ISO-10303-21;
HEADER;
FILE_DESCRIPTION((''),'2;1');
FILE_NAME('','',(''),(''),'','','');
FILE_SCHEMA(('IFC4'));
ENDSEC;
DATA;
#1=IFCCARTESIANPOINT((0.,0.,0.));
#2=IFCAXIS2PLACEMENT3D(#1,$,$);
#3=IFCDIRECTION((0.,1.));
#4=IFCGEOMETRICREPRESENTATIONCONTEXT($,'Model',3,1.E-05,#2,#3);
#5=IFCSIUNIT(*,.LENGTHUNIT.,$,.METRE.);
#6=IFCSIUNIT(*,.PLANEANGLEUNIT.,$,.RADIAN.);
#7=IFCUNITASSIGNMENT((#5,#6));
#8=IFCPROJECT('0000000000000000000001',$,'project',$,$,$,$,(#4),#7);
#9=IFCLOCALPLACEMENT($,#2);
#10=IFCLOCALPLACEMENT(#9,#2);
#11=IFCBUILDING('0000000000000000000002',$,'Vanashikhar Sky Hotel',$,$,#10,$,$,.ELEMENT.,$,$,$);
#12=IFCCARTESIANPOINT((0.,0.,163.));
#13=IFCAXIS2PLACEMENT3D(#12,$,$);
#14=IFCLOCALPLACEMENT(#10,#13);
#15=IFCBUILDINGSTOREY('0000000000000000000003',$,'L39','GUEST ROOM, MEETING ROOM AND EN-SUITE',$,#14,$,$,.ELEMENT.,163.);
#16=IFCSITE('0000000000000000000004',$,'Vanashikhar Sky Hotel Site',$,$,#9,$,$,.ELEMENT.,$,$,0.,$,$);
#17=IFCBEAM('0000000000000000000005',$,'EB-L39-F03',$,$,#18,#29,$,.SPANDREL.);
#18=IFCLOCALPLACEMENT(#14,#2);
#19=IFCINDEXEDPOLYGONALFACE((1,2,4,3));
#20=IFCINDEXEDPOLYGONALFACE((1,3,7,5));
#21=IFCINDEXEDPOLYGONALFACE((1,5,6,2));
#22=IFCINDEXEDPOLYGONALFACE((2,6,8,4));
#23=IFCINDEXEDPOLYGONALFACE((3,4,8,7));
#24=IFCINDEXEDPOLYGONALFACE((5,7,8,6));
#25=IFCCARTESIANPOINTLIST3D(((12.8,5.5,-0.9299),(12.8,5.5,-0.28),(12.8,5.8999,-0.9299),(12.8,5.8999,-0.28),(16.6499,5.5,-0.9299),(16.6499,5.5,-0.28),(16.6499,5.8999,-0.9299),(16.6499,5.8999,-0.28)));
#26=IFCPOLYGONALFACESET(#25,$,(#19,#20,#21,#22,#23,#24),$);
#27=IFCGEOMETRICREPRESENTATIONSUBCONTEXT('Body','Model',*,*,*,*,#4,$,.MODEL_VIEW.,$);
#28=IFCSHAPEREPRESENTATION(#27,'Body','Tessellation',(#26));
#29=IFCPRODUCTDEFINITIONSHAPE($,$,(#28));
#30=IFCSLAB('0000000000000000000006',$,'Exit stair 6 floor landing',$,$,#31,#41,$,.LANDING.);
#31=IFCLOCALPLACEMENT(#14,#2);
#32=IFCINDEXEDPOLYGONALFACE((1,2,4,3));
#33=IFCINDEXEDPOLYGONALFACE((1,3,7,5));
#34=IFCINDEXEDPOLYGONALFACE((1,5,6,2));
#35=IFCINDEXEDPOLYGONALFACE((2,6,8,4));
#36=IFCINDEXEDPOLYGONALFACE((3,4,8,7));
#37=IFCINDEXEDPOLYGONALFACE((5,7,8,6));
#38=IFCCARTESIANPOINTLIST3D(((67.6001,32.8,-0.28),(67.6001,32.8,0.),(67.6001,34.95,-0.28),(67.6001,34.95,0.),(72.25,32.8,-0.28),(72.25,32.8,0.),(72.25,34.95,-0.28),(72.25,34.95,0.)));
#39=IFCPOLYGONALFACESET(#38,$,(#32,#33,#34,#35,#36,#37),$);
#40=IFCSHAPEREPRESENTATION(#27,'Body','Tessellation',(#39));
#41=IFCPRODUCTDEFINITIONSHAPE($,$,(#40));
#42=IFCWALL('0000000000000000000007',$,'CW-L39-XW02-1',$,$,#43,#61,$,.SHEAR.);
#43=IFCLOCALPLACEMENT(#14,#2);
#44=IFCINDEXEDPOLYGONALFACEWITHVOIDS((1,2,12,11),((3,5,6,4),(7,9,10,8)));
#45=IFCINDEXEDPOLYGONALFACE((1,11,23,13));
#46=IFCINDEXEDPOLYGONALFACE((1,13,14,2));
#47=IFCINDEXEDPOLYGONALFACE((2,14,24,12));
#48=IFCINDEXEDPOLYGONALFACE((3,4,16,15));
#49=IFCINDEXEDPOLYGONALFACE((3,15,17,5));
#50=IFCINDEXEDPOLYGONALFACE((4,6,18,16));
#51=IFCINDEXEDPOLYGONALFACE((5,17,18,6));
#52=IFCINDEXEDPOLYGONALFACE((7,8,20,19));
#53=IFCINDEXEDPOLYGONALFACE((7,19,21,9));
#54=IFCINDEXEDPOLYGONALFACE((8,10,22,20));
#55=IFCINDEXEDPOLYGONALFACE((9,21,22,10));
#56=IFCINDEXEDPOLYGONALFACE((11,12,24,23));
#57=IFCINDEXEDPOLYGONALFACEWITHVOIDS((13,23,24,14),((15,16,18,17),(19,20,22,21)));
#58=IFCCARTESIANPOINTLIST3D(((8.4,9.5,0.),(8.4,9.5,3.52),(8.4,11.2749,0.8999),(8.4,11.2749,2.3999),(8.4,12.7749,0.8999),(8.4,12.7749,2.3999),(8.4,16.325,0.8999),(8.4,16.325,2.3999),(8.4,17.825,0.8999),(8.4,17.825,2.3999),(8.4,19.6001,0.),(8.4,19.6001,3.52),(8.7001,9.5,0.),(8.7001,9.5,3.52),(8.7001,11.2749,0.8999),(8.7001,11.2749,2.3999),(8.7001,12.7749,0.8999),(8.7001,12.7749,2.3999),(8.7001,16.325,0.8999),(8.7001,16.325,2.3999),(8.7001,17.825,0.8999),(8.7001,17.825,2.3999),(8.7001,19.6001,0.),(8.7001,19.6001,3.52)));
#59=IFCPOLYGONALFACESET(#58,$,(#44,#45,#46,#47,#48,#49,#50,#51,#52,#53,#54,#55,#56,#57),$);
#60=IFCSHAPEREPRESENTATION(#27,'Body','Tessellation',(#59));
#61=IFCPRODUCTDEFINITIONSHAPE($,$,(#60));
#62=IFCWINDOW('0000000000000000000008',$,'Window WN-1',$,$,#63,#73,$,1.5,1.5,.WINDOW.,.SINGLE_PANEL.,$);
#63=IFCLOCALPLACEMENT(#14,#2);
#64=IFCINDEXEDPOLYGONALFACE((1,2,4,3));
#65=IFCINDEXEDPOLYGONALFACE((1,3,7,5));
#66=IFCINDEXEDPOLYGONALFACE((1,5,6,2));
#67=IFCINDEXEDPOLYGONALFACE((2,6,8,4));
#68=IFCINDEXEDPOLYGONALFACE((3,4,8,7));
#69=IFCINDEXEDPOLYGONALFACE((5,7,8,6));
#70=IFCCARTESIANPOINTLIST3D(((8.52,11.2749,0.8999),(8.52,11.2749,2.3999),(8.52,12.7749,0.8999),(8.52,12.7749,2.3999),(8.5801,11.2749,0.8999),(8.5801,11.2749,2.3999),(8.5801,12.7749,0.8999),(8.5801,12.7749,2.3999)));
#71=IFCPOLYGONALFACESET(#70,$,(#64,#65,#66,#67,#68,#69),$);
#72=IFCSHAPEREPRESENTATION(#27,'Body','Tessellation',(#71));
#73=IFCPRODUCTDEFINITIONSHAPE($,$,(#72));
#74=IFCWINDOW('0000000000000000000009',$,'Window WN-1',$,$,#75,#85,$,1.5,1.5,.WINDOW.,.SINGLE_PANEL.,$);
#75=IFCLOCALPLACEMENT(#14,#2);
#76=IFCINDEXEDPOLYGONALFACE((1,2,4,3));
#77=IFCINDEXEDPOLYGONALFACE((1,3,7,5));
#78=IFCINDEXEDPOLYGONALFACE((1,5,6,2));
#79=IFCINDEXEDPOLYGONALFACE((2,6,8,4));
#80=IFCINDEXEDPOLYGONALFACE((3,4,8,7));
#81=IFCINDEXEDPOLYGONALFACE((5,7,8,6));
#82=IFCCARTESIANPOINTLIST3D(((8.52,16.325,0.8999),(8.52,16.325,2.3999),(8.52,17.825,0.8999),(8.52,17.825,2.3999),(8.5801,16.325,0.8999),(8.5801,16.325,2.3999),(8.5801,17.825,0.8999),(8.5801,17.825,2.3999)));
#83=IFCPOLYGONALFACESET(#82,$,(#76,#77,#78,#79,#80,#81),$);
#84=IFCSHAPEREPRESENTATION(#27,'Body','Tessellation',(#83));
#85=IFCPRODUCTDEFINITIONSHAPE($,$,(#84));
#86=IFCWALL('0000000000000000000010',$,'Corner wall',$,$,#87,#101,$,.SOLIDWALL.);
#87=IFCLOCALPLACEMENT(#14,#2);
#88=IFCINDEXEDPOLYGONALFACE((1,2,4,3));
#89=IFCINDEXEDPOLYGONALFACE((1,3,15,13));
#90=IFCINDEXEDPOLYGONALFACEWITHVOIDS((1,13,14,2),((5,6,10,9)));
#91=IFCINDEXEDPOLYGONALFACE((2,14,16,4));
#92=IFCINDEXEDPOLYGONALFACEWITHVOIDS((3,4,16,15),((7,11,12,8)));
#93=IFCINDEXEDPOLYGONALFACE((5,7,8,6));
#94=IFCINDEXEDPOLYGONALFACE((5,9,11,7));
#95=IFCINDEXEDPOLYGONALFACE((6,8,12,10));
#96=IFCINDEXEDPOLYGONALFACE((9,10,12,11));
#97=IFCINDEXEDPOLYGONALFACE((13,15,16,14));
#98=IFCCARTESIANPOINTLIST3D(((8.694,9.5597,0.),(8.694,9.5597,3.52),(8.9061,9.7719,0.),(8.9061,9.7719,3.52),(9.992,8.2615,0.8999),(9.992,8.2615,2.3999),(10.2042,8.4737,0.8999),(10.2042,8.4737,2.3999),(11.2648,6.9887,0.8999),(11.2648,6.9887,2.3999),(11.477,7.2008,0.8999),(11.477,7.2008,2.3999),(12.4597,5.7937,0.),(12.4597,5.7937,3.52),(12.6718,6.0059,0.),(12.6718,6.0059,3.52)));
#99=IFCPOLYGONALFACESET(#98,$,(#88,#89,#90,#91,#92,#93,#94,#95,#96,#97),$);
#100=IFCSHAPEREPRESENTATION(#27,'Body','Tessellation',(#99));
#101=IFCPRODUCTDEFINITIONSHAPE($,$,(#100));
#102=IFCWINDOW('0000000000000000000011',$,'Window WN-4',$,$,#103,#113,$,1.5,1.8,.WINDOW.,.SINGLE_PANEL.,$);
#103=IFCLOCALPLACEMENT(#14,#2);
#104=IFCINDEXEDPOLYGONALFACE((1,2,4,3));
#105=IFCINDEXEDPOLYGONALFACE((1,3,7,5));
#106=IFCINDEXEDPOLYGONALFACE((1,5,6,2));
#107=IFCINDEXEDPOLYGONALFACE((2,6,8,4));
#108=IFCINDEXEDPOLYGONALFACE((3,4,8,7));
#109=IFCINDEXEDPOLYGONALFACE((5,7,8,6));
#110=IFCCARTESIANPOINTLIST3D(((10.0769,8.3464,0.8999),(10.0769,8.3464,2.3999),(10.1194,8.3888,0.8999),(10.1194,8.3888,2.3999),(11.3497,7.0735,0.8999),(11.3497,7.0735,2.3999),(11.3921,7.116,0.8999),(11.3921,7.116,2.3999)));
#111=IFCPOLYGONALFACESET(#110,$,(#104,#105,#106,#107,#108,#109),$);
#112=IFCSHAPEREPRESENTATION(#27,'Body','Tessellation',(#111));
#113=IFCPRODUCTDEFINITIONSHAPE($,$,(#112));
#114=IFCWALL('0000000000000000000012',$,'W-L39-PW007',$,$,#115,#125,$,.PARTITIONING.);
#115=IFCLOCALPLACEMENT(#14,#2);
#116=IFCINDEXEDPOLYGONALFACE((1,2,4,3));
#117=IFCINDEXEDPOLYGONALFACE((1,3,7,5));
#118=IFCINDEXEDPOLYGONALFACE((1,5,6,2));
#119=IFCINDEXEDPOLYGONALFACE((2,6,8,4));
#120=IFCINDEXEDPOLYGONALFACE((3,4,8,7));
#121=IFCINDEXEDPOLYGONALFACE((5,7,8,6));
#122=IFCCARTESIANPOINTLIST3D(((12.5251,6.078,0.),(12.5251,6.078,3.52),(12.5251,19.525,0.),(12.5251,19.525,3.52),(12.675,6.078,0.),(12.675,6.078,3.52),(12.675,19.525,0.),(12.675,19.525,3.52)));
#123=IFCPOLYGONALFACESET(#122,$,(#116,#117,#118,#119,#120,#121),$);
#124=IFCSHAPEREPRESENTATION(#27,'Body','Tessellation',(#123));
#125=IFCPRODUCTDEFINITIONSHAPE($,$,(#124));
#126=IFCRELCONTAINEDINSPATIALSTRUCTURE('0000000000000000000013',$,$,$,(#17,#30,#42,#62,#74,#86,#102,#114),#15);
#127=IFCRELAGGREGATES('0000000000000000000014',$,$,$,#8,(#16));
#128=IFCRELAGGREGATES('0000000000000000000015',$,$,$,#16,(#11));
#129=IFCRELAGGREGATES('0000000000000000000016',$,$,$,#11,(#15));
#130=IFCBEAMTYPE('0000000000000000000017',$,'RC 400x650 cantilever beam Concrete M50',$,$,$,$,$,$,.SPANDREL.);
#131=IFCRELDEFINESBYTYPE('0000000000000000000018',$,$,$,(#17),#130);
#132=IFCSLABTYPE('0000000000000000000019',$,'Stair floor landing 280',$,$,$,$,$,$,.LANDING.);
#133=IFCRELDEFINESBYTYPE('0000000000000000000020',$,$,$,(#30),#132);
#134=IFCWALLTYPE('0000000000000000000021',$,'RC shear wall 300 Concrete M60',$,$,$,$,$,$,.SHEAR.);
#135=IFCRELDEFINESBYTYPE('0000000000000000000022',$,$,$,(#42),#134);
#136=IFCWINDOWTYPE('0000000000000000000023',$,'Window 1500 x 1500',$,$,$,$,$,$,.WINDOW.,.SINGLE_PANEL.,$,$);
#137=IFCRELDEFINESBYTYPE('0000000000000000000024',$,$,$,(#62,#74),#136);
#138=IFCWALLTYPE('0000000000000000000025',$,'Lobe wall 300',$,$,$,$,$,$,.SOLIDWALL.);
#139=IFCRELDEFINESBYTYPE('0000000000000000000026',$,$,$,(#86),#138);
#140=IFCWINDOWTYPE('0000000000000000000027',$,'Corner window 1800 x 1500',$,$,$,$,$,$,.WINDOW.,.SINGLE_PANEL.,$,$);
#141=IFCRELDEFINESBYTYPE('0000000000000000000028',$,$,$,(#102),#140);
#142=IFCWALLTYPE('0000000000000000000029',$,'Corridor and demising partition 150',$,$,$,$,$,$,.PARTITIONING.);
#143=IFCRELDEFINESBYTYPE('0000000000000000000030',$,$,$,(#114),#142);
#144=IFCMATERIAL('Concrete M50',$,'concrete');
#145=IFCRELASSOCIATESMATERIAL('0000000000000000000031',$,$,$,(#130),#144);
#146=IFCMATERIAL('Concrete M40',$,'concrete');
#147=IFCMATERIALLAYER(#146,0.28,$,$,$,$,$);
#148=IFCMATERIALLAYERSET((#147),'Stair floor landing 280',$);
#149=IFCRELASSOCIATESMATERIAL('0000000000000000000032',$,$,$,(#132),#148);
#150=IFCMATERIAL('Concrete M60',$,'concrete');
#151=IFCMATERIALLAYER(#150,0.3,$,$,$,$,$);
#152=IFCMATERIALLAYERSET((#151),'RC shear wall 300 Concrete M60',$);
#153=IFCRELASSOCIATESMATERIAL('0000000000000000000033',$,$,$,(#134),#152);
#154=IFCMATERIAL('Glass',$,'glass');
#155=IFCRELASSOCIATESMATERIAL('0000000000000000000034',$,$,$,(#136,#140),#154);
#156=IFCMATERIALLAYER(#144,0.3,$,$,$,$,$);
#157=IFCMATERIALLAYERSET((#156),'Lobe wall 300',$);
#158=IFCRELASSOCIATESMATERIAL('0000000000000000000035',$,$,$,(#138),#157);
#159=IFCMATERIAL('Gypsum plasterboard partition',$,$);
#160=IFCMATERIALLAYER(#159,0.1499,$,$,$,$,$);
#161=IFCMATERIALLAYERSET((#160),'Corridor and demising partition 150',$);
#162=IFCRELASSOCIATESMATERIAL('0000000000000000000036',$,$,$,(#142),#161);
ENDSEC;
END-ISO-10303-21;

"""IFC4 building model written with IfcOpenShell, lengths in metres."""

from ifc_helpers import new_model, si_unit, direction, frame, frame_2d, origin, origin_2d, place, context, subcontext, project, spatial, polyline, rectangle, outline, extrude, source, transform, mapped, material, layer, layer_set, material_profile, profile_set, type_object, element, fill, save


model = new_model("IFC4")

# Units and contexts
model_context = context("Model", 3, precision=1e-05, world=origin(), true_north=direction((0.0, 1.0)))
body_context = subcontext(model_context, "Body", "Model", "MODEL_VIEW")
ifc_project = project(units=[si_unit("LENGTHUNIT", "METRE"), si_unit("PLANEANGLEUNIT", "RADIAN")], contexts=[model_context])

# Site, building, storey
site_placement = place(None, origin())
site = spatial("IfcSite", under=ifc_project, at=site_placement, Name="Vanashikhar Sky Hotel Site", CompositionType="ELEMENT", RefElevation=0.0)
building_placement = place(site_placement, origin())
building = spatial("IfcBuilding", under=site, at=building_placement, Name="Vanashikhar Sky Hotel", CompositionType="ELEMENT")
storey_placement = place(building_placement, frame((0.0, 0.0, 163.0)))
storey = spatial("IfcBuildingStorey", under=building, at=storey_placement, Name="L39", Description="GUEST ROOM, MEETING ROOM AND EN-SUITE", CompositionType="ELEMENT", Elevation=163.0)

# Beam
ifc_material_1 = material(Name="Concrete M50", Category="concrete")
ifc_material_profile = material_profile(ifc_material_1, rectangle(XDim=0.3999, YDim=0.6499, at=origin_2d()))
ifc_profile_set = profile_set([ifc_material_profile], Name="RC 400x650 cantilever beam Concrete M50")
beam_type = type_object("IfcBeamType", Name="RC 400x650 cantilever beam Concrete M50", PredefinedType="SPANDREL", material=ifc_profile_set)
shared_shape_1 = source(origin(), body_context, "Body", "SweptSolid", [
    extrude(rectangle(XDim=0.3999, YDim=0.6499, at=origin_2d()), origin(), (0.0, 0.0, 1.0), 3.8499),
])
beam_placement = place(storey_placement, frame((12.8, 5.7, -0.605), z_axis=(1.0, 0.0, 0.0), x_axis=(0.0, 1.0, 0.0)))
element("IfcBeam", 1, at=beam_placement, inside=storey, type_object=beam_type, Name="EB-L39-F03", PredefinedType="SPANDREL", context=body_context, shape_type="MappedRepresentation", body=[
    mapped(shared_shape_1, transform((0.0, 0.0, 0.0), scale=1.0)),
])

# Slab
ifc_material_2 = material(Name="Concrete M40", Category="concrete")
ifc_layer_1 = layer(ifc_material_2, 0.28)
ifc_layer_set_1 = layer_set([ifc_layer_1], Name="Stair floor landing 280")
slab_type = type_object("IfcSlabType", Name="Stair floor landing 280", PredefinedType="LANDING", material=ifc_layer_set_1)
shared_shape_2 = source(origin(), body_context, "Body", "SweptSolid", [
    extrude(outline(polyline([(72.25, 32.8), (72.25, 34.95), (67.6001, 34.95), (67.6001, 32.8), (72.25, 32.8)])), origin(), (0.0, 0.0, 1.0), 0.28),
])
slab_placement = place(storey_placement, frame((0.0, 0.0, -0.28)))
element("IfcSlab", 2, at=slab_placement, inside=storey, type_object=slab_type, Name="Exit stair 6 floor landing", PredefinedType="LANDING", context=body_context, shape_type="MappedRepresentation", body=[
    mapped(shared_shape_2, transform((0.0, 0.0, 0.0), scale=1.0)),
])

# Wall, openings, windows
ifc_material_3 = material(Name="Concrete M60", Category="concrete")
ifc_layer_2 = layer(ifc_material_3, 0.3)
ifc_layer_set_2 = layer_set([ifc_layer_2], Name="RC shear wall 300 Concrete M60")
wall_type_1 = type_object("IfcWallType", Name="RC shear wall 300 Concrete M60", PredefinedType="SHEAR", material=ifc_layer_set_2)
shared_shape_3 = source(origin(), body_context, "Body", "SweptSolid", [
    extrude(rectangle(XDim=10.1001, YDim=0.3, at=frame_2d((5.05, 0.0))), origin(), (0.0, 0.0, 1.0), 3.52),
])
wall_1_placement = place(storey_placement, frame((8.55, 9.5, 0.0), z_axis=(0.0, 0.0, 1.0), x_axis=(0.0, 1.0, 0.0)))
wall_1 = element("IfcWall", 3, at=wall_1_placement, inside=storey, type_object=wall_type_1, Name="CW-L39-XW02-1", PredefinedType="SHEAR", context=body_context, shape_type="MappedRepresentation", body=[
    mapped(shared_shape_3, transform((0.0, 0.0, 0.0), scale=1.0)),
])
shared_shape_4 = source(origin(), body_context, "Body", "SweptSolid", [
    extrude(rectangle(XDim=1.5, YDim=1.5, at=frame_2d((0.75, 0.75))), frame((0.0, 0.1602, 0.0), z_axis=(0.0, -1.0, 0.0), x_axis=(1.0, 0.0, 0.0)), (0.0, 0.0, 1.0), 0.3201),
])
opening_1_placement = place(wall_1_placement, frame((1.7749, 0.0, 0.8999)))
opening_1 = element("IfcOpeningElement", 4, at=opening_1_placement, cuts=wall_1, PredefinedType="OPENING", context=body_context, shape_type="MappedRepresentation", body=[
    mapped(shared_shape_4, transform((0.0, 0.0, 0.0), scale=1.0)),
])
opening_2_placement = place(wall_1_placement, frame((6.825, 0.0, 0.8999)))
opening_2 = element("IfcOpeningElement", 5, at=opening_2_placement, cuts=wall_1, PredefinedType="OPENING", context=body_context, shape_type="MappedRepresentation", body=[
    mapped(shared_shape_4, transform((0.0, 0.0, 0.0), scale=1.0)),
])
ifc_material_4 = material(Name="Glass", Category="glass")
window_type_1 = type_object("IfcWindowType", Name="Window 1500 x 1500", PartitioningType="SINGLE_PANEL", PredefinedType="WINDOW", material=ifc_material_4)
shared_shape_5 = source(origin(), body_context, "Body", "SweptSolid", [
    extrude(rectangle(XDim=1.5, YDim=1.5, at=frame_2d((0.75, 0.75))), frame((0.0, 0.03, 0.0), z_axis=(0.0, -1.0, 0.0), x_axis=(1.0, 0.0, 0.0)), (0.0, 0.0, 1.0), 0.0601),
])
window_1_placement = place(opening_1_placement, origin())
window_1 = element("IfcWindow", 6, at=window_1_placement, inside=storey, type_object=window_type_1, Name="Window WN-1", OverallHeight=1.5, OverallWidth=1.5, PartitioningType="SINGLE_PANEL", PredefinedType="WINDOW", context=body_context, shape_type="MappedRepresentation", body=[
    mapped(shared_shape_5, transform((0.0, 0.0, 0.0), scale=1.0)),
])
fill(opening_1, window_1)
window_2_placement = place(opening_2_placement, origin())
window_2 = element("IfcWindow", 7, at=window_2_placement, inside=storey, type_object=window_type_1, Name="Window WN-1", OverallHeight=1.5, OverallWidth=1.5, PartitioningType="SINGLE_PANEL", PredefinedType="WINDOW", context=body_context, shape_type="MappedRepresentation", body=[
    mapped(shared_shape_5, transform((0.0, 0.0, 0.0), scale=1.0)),
])
fill(opening_2, window_2)

# Wall, opening, window
ifc_layer_3 = layer(ifc_material_1, 0.3)
ifc_layer_set_3 = layer_set([ifc_layer_3], Name="Lobe wall 300")
wall_type_2 = type_object("IfcWallType", Name="Lobe wall 300", PredefinedType="SOLIDWALL", material=ifc_layer_set_3)
shared_shape_6 = source(origin(), body_context, "Body", "SweptSolid", [
    extrude(rectangle(XDim=5.3257, YDim=0.3, at=frame_2d((2.6628, 0.0))), origin(), (0.0, 0.0, 1.0), 3.52),
])
wall_2_placement = place(storey_placement, frame((8.8, 9.6658, 0.0), z_axis=(0.0, 0.0, 1.0), x_axis=(0.707084, -0.70713, 0.0)))
wall_2 = element("IfcWall", 8, at=wall_2_placement, inside=storey, type_object=wall_type_2, Name="Corner wall", PredefinedType="SOLIDWALL", context=body_context, shape_type="MappedRepresentation", body=[
    mapped(shared_shape_6, transform((0.0, 0.0, 0.0), scale=1.0)),
])
shared_shape_7 = source(origin(), body_context, "Body", "SweptSolid", [
    extrude(rectangle(XDim=1.8, YDim=1.5, at=frame_2d((0.8999, 0.75))), frame((0.0, 0.1602, 0.0), z_axis=(0.0, -1.0, 0.0), x_axis=(1.0, 0.0, 0.0)), (0.0, 0.0, 1.0), 0.3201),
])
opening_3_placement = place(wall_2_placement, frame((1.8359, 0.0, 0.8999)))
opening_3 = element("IfcOpeningElement", 9, at=opening_3_placement, cuts=wall_2, PredefinedType="OPENING", context=body_context, shape_type="MappedRepresentation", body=[
    mapped(shared_shape_7, transform((0.0, 0.0, 0.0), scale=1.0)),
])
window_type_2 = type_object("IfcWindowType", Name="Corner window 1800 x 1500", PartitioningType="SINGLE_PANEL", PredefinedType="WINDOW", material=ifc_material_4)
shared_shape_8 = source(origin(), body_context, "Body", "SweptSolid", [
    extrude(rectangle(XDim=1.8, YDim=1.5, at=frame_2d((0.8999, 0.75))), frame((0.0, 0.03, 0.0), z_axis=(0.0, -1.0, 0.0), x_axis=(1.0, 0.0, 0.0)), (0.0, 0.0, 1.0), 0.0601),
])
window_3_placement = place(opening_3_placement, origin())
window_3 = element("IfcWindow", 10, at=window_3_placement, inside=storey, type_object=window_type_2, Name="Window WN-4", OverallHeight=1.5, OverallWidth=1.8, PartitioningType="SINGLE_PANEL", PredefinedType="WINDOW", context=body_context, shape_type="MappedRepresentation", body=[
    mapped(shared_shape_8, transform((0.0, 0.0, 0.0), scale=1.0)),
])
fill(opening_3, window_3)

# Wall
ifc_material_5 = material(Name="Gypsum plasterboard partition")
ifc_layer_4 = layer(ifc_material_5, 0.1499)
ifc_layer_set_4 = layer_set([ifc_layer_4], Name="Corridor and demising partition 150")
wall_type_3 = type_object("IfcWallType", Name="Corridor and demising partition 150", PredefinedType="PARTITIONING", material=ifc_layer_set_4)
shared_shape_9 = source(origin(), body_context, "Body", "SweptSolid", [
    extrude(rectangle(XDim=13.447, YDim=0.1499, at=frame_2d((6.7236, 0.0))), origin(), (0.0, 0.0, 1.0), 3.52),
])
wall_3_placement = place(storey_placement, frame((12.6001, 6.0779, 0.0), z_axis=(0.0, 0.0, 1.0), x_axis=(0.0, 1.0, 0.0)))
element("IfcWall", 11, at=wall_3_placement, inside=storey, type_object=wall_type_3, Name="W-L39-PW007", PredefinedType="PARTITIONING", context=body_context, shape_type="MappedRepresentation", body=[
    mapped(shared_shape_9, transform((0.0, 0.0, 0.0), scale=1.0)),
])

save(model, "model.ifc")
